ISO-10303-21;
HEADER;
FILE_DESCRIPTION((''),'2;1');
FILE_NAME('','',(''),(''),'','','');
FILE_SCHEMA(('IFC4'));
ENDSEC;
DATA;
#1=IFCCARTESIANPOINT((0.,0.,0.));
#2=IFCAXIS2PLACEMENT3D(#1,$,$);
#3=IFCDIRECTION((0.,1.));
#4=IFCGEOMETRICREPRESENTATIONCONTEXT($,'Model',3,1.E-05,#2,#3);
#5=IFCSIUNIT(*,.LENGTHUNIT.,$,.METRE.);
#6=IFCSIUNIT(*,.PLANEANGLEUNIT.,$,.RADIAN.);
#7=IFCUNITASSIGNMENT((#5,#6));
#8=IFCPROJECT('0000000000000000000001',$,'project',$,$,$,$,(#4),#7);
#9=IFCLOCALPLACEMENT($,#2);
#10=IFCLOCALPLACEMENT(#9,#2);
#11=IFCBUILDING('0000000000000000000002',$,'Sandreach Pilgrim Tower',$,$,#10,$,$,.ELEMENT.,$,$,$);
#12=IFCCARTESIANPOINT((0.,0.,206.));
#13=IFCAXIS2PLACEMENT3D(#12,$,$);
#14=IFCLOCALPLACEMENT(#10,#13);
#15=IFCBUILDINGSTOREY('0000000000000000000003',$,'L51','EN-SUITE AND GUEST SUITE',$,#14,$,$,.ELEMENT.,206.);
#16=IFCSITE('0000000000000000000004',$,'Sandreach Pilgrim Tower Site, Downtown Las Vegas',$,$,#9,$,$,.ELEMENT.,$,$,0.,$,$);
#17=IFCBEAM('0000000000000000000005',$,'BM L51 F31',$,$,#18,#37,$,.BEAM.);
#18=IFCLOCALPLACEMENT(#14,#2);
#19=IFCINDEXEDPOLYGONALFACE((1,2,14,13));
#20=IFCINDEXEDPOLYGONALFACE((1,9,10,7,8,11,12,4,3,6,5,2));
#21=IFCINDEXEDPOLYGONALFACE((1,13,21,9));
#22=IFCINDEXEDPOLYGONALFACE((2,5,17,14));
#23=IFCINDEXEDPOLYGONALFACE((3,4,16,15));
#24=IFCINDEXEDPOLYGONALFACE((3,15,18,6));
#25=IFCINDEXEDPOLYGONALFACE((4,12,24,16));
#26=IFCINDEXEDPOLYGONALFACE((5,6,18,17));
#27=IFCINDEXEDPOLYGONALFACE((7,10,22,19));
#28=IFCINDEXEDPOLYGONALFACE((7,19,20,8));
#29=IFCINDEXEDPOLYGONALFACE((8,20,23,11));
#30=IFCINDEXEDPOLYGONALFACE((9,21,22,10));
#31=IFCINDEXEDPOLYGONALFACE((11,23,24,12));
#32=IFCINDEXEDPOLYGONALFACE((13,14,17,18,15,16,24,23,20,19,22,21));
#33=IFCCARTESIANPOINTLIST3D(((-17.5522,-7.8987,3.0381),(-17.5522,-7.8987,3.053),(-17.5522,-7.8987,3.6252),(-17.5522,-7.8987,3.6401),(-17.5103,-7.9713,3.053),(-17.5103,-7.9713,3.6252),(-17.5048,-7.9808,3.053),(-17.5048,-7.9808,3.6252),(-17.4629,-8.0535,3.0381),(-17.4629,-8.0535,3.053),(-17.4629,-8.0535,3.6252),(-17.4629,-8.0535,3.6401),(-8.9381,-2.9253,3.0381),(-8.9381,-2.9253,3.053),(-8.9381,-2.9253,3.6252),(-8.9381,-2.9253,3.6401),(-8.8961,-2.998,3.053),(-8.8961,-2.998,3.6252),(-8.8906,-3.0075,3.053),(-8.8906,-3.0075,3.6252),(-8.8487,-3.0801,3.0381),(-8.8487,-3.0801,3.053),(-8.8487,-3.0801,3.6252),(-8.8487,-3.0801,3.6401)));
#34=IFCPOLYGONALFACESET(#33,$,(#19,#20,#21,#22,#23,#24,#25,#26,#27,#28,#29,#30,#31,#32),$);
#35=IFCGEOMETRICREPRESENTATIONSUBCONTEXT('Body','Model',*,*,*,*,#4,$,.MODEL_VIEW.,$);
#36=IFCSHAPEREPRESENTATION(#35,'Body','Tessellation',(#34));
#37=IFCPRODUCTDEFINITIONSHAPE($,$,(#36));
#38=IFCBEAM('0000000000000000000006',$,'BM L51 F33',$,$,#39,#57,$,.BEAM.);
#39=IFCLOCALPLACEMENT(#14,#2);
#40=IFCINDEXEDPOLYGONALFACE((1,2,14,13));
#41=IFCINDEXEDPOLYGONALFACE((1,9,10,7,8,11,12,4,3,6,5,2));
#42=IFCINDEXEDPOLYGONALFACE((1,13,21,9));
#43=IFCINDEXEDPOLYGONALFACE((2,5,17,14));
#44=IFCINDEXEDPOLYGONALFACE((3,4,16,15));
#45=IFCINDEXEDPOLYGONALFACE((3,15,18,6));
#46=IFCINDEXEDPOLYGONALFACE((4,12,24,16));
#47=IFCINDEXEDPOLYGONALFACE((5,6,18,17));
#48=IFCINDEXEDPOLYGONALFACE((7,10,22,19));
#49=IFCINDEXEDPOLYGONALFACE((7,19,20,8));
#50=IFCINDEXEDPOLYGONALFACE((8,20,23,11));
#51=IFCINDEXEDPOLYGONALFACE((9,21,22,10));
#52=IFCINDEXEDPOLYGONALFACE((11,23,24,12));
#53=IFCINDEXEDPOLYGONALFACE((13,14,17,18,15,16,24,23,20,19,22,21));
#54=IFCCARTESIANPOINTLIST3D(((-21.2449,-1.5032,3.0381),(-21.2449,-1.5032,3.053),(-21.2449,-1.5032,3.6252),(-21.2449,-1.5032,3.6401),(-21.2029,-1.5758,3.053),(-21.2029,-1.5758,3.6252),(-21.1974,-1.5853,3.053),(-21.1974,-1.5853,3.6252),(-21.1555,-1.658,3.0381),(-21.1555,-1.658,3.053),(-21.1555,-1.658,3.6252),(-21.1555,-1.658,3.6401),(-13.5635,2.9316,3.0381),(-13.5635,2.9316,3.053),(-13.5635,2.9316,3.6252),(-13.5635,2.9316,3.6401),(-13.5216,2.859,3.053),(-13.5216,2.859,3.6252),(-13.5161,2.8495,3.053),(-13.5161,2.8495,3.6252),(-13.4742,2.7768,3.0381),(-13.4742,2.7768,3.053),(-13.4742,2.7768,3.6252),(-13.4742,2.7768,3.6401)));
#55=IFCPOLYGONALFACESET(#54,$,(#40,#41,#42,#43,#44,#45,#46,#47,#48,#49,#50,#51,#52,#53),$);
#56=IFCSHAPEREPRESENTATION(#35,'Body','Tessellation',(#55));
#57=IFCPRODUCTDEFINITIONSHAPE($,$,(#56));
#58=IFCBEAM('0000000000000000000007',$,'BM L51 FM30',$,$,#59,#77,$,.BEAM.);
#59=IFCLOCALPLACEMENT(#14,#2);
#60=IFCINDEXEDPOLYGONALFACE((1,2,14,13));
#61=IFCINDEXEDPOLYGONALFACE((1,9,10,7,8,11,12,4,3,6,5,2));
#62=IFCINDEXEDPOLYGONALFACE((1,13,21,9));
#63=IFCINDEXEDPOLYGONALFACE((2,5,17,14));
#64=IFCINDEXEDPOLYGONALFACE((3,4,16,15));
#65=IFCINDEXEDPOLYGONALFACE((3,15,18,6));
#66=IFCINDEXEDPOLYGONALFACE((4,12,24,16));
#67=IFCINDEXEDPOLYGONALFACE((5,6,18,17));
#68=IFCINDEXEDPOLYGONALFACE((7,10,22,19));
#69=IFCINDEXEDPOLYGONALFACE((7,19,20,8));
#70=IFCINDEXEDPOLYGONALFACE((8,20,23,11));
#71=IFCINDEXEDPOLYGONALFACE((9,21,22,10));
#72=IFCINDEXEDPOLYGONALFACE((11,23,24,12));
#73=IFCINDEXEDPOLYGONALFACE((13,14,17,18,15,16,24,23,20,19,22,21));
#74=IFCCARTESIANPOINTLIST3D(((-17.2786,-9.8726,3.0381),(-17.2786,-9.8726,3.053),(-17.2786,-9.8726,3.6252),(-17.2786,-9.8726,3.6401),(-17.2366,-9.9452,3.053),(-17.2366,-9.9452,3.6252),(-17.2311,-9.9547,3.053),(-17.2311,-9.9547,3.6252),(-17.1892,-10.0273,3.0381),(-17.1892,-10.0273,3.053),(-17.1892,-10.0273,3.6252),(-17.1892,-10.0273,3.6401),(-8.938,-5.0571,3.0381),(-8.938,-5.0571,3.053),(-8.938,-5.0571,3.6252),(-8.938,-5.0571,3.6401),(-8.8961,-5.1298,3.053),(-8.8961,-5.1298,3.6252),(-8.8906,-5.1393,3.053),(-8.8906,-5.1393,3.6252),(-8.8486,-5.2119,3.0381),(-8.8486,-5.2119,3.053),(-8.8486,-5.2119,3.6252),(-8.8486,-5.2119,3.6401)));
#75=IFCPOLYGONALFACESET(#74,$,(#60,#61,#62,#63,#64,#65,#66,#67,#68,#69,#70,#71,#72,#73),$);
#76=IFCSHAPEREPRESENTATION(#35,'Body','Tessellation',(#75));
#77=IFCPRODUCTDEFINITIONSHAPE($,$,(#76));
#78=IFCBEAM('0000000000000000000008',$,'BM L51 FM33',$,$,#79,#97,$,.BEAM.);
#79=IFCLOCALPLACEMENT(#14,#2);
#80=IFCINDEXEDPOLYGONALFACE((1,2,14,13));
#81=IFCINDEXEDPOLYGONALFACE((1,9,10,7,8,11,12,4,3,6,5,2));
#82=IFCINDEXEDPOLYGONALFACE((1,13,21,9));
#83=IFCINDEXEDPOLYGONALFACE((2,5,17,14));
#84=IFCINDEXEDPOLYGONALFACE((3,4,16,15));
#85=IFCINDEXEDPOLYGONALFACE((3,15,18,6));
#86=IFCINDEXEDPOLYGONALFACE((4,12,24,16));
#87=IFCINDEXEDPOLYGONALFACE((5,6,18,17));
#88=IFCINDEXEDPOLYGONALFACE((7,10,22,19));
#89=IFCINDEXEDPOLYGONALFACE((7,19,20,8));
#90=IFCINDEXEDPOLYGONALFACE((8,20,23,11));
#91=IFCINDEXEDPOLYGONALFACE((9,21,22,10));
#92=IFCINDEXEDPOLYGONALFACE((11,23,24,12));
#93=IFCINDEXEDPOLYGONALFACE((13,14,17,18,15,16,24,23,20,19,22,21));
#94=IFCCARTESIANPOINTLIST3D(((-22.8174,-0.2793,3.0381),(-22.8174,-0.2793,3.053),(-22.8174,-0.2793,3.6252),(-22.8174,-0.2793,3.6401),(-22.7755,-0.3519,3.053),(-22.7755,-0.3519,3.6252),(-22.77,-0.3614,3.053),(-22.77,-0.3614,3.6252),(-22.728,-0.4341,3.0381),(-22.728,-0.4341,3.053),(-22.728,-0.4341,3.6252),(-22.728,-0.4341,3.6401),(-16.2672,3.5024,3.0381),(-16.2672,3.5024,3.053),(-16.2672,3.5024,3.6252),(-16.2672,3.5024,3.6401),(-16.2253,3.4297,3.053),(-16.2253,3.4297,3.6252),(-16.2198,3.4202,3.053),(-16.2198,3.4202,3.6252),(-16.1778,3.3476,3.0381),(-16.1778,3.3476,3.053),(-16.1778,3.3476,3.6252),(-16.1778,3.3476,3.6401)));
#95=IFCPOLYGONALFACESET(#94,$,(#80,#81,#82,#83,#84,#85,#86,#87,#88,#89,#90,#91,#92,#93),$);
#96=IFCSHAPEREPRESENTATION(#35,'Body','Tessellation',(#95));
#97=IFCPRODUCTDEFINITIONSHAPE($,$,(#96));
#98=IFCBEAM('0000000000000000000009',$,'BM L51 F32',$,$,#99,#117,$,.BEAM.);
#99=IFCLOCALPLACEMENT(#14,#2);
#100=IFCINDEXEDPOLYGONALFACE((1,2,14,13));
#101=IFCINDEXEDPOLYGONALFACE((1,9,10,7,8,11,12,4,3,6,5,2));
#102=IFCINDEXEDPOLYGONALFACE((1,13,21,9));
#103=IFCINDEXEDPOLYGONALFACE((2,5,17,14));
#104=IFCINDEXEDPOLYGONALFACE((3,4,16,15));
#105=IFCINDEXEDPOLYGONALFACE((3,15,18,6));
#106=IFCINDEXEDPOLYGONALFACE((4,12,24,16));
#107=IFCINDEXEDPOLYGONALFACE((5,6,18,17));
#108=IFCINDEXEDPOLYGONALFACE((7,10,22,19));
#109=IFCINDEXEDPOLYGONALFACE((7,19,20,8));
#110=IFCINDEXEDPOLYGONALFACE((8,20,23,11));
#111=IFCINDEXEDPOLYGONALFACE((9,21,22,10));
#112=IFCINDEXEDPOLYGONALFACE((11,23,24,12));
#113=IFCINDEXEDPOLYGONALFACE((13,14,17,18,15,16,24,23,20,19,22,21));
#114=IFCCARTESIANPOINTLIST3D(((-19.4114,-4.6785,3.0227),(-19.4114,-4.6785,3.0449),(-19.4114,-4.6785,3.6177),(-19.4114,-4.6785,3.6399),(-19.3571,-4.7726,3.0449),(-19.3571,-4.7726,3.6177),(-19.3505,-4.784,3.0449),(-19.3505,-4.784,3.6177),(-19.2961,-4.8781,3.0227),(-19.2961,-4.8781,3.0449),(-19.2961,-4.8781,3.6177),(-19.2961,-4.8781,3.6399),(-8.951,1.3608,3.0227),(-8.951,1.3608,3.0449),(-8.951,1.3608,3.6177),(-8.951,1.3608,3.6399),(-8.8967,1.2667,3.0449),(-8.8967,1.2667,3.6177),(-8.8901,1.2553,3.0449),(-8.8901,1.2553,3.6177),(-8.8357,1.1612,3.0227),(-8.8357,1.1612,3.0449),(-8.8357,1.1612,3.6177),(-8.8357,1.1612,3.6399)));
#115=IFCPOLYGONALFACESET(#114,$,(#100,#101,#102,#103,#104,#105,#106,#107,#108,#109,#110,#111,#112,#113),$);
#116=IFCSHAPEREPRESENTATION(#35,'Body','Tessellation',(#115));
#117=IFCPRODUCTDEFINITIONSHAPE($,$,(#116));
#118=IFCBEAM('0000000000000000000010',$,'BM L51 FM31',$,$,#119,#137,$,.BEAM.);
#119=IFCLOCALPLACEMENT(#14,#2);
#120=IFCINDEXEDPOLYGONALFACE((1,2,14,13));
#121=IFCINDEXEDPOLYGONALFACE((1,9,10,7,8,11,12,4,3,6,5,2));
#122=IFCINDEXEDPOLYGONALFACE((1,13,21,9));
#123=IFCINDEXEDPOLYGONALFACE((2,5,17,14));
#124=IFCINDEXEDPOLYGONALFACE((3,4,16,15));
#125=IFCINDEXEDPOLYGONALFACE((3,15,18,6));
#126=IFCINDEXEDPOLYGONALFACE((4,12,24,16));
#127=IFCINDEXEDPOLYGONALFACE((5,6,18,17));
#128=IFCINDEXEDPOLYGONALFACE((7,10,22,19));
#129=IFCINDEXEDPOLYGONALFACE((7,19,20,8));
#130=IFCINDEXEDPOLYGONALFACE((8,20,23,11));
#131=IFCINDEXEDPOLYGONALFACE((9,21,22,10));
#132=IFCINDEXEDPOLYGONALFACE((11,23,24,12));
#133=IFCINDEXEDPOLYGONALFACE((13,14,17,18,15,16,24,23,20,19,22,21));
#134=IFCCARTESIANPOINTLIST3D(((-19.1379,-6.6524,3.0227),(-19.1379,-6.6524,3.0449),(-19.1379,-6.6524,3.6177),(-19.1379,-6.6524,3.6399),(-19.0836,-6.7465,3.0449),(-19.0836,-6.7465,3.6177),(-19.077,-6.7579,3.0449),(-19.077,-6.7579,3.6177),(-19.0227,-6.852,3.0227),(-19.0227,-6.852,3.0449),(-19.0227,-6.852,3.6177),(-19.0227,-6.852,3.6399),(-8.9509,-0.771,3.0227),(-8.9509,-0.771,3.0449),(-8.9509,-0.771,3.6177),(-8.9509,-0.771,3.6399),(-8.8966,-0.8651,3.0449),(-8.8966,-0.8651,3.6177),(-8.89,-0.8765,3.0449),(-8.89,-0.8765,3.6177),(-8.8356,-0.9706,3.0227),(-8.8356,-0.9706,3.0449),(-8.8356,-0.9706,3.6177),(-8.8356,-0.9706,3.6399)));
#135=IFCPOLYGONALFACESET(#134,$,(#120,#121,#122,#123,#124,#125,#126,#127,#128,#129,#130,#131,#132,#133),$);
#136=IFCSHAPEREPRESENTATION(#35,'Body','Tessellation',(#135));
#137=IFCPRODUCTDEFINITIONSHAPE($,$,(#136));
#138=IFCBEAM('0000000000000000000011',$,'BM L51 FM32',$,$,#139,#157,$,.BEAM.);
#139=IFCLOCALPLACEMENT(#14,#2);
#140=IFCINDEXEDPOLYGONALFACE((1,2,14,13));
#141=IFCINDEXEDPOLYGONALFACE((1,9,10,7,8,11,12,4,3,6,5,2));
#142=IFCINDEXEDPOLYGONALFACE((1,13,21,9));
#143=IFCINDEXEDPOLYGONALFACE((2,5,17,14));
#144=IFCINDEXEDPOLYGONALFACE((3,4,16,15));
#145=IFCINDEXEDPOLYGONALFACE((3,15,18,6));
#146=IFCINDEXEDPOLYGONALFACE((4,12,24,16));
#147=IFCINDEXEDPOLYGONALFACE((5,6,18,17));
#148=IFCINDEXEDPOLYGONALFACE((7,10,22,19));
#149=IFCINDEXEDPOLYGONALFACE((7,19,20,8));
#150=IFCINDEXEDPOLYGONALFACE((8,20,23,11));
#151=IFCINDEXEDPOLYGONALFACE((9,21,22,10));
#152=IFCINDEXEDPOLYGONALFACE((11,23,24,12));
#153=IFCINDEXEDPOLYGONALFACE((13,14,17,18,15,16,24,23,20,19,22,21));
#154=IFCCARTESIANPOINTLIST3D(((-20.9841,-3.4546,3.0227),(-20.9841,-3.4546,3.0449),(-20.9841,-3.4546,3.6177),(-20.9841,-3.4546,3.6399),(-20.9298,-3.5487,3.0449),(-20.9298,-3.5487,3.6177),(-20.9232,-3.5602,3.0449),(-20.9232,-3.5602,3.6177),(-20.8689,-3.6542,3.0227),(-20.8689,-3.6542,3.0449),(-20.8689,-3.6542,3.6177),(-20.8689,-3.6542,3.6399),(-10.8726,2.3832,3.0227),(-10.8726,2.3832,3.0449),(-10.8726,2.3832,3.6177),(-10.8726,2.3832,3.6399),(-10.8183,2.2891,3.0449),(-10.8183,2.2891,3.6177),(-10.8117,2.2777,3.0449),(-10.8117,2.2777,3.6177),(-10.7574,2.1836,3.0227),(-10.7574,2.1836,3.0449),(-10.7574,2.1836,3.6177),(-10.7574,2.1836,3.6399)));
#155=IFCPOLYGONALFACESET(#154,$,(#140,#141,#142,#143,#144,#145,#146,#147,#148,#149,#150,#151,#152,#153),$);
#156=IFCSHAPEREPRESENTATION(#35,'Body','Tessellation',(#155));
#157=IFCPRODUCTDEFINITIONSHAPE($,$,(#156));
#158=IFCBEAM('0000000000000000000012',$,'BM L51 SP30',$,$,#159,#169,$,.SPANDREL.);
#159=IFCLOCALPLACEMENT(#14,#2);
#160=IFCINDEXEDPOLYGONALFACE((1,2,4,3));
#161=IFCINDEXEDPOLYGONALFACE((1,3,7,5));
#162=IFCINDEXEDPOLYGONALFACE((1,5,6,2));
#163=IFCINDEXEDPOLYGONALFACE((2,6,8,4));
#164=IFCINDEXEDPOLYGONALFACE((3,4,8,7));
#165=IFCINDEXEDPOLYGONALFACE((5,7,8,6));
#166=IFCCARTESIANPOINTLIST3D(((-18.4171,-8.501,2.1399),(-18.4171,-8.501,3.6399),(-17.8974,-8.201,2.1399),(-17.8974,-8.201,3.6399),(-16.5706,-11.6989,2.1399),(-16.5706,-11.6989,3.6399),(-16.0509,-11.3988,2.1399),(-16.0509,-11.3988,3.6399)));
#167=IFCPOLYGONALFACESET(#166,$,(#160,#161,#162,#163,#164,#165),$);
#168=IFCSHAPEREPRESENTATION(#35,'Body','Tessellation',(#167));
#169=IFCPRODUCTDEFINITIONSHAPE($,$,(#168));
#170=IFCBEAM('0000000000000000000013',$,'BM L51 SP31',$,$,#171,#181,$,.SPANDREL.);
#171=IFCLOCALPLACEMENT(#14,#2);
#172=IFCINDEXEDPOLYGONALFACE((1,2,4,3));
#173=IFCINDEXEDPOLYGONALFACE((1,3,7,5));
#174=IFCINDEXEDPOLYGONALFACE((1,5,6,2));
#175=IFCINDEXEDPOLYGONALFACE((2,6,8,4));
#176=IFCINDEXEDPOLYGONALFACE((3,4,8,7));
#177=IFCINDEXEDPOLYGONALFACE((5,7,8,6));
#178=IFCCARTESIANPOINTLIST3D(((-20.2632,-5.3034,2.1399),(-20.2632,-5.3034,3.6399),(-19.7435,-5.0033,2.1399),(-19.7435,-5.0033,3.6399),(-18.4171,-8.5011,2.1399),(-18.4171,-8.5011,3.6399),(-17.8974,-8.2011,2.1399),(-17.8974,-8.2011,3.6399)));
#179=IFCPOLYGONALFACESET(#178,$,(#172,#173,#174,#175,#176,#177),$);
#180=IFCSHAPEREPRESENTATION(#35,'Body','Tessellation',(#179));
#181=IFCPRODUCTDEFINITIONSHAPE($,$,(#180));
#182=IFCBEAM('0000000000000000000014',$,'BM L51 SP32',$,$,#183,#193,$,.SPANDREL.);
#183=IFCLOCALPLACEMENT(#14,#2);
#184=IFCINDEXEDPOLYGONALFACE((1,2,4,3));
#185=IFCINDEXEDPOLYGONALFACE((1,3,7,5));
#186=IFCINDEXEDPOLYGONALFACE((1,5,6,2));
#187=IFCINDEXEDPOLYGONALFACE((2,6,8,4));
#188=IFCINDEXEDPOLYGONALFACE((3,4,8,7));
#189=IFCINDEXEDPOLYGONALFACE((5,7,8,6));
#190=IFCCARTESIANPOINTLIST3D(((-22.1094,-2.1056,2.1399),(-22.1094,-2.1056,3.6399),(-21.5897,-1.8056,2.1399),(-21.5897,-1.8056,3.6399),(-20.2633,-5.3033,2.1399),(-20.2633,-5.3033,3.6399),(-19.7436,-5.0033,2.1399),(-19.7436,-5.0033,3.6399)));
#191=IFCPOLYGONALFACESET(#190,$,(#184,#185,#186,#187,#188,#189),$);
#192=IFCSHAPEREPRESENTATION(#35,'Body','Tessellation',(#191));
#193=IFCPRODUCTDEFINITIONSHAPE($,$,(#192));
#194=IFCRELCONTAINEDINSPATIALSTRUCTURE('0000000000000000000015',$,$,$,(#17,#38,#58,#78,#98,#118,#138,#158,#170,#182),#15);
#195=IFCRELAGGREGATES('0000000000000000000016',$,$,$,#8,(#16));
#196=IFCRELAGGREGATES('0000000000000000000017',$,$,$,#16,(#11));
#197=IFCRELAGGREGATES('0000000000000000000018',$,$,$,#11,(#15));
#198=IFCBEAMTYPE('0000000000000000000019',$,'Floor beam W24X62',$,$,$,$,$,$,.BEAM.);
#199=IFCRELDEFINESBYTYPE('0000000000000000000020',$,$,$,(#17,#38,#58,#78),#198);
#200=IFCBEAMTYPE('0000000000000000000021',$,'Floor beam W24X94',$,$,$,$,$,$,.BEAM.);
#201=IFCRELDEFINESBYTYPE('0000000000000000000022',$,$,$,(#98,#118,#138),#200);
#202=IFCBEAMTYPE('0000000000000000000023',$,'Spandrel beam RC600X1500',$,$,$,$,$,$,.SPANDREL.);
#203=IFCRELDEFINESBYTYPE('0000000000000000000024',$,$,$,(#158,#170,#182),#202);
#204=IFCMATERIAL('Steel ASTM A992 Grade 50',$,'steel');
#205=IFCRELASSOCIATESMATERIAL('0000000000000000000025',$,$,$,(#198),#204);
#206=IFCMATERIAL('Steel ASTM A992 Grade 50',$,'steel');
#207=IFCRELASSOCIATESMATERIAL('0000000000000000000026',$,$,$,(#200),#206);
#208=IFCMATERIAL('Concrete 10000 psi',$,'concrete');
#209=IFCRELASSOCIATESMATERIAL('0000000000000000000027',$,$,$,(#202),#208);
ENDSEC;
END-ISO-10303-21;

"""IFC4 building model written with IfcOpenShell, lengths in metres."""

from ifc_helpers import new_model, si_unit, direction, frame, origin, origin_2d, place, context, subcontext, project, spatial, rectangle, i_section, extrude, material, material_profile, profile_set, type_object, element, save


model = new_model("IFC4")

# Units and contexts
model_context = context("Model", 3, precision=1e-05, world=origin(), true_north=direction((0.0, 1.0)))
body_context = subcontext(model_context, "Body", "Model", "MODEL_VIEW")
ifc_project = project(units=[si_unit("LENGTHUNIT", "METRE"), si_unit("PLANEANGLEUNIT", "RADIAN")], contexts=[model_context])

# Site, building, storey
site_placement = place(None, origin())
site = spatial("IfcSite", under=ifc_project, at=site_placement, Name="Sandreach Pilgrim Tower Site, Downtown Las Vegas", CompositionType="ELEMENT", RefElevation=0.0)
building_placement = place(site_placement, origin())
building = spatial("IfcBuilding", under=site, at=building_placement, Name="Sandreach Pilgrim Tower", CompositionType="ELEMENT")
storey_placement = place(building_placement, frame((0.0, 0.0, 206.0)))
storey = spatial("IfcBuildingStorey", under=building, at=storey_placement, Name="L51", Description="EN-SUITE AND GUEST SUITE", CompositionType="ELEMENT", Elevation=206.0)

# Beams
ifc_material_1 = material(Name="Steel ASTM A992 Grade 50", Category="steel")
ifc_material_profile_1 = material_profile(ifc_material_1, i_section(OverallWidth=0.1787, OverallDepth=0.6021, WebThickness=0.011, FlangeThickness=0.0149, at=origin_2d()), Name="W24X62")
ifc_profile_set_1 = profile_set([ifc_material_profile_1], Name="Steel ASTM A992 Grade 50")
beam_type_1 = type_object("IfcBeamType", Name="Floor beam W24X62", PredefinedType="BEAM", material=ifc_profile_set_1)
beam_1_placement = place(storey_placement, frame((-17.5076, -7.9761, 3.3391), z_axis=(0.866028, 0.499996, 0.0), x_axis=(-0.499996, 0.866028, 0.0)))
element("IfcBeam", 1, at=beam_1_placement, inside=storey, type_object=beam_type_1, Name="BM L51 F31", PredefinedType="BEAM", context=body_context, shape_type="SweptSolid", body=[
    extrude(i_section(OverallWidth=0.1787, OverallDepth=0.6021, WebThickness=0.011, FlangeThickness=0.0149, at=origin_2d()), origin(), (0.0, 0.0, 1.0), 9.9468),
])
beam_2_placement = place(storey_placement, frame((-21.2002, -1.5806, 3.3391), z_axis=(0.866027, 0.499996, 0.0), x_axis=(-0.499996, 0.866027, 0.0)))
element("IfcBeam", 2, at=beam_2_placement, inside=storey, type_object=beam_type_1, Name="BM L51 F33", PredefinedType="BEAM", context=body_context, shape_type="SweptSolid", body=[
    extrude(i_section(OverallWidth=0.1787, OverallDepth=0.6021, WebThickness=0.011, FlangeThickness=0.0149, at=origin_2d()), origin(), (0.0, 0.0, 1.0), 8.8696),
])
beam_3_placement = place(storey_placement, frame((-17.2339, -9.95, 3.3391), z_axis=(0.866026, 0.5, 0.0), x_axis=(-0.5, 0.866026, 0.0)))
element("IfcBeam", 3, at=beam_3_placement, inside=storey, type_object=beam_type_1, Name="BM L51 FM30", PredefinedType="BEAM", context=body_context, shape_type="SweptSolid", body=[
    extrude(i_section(OverallWidth=0.1787, OverallDepth=0.6021, WebThickness=0.011, FlangeThickness=0.0149, at=origin_2d()), origin(), (0.0, 0.0, 1.0), 9.6309),
])
beam_4_placement = place(storey_placement, frame((-22.7727, -0.3567, 3.3391), z_axis=(0.86603, 0.499993, 0.0), x_axis=(-0.499993, 0.86603, 0.0)))
element("IfcBeam", 4, at=beam_4_placement, inside=storey, type_object=beam_type_1, Name="BM L51 FM33", PredefinedType="BEAM", context=body_context, shape_type="SweptSolid", body=[
    extrude(i_section(OverallWidth=0.1787, OverallDepth=0.6021, WebThickness=0.011, FlangeThickness=0.0149, at=origin_2d()), origin(), (0.0, 0.0, 1.0), 7.5635),
])
ifc_material_2 = material(Name="Steel ASTM A992 Grade 50", Category="steel")
ifc_material_profile_2 = material_profile(ifc_material_2, i_section(OverallWidth=0.2305, OverallDepth=0.6172, WebThickness=0.0132, FlangeThickness=0.0222, at=origin_2d()), Name="W24X94")
ifc_profile_set_2 = profile_set([ifc_material_profile_2], Name="Steel ASTM A992 Grade 50")
beam_type_2 = type_object("IfcBeamType", Name="Floor beam W24X94", PredefinedType="BEAM", material=ifc_profile_set_2)
beam_5_placement = place(storey_placement, frame((-19.3538, -4.7783, 3.3313), z_axis=(0.866027, 0.499998, 0.0), x_axis=(-0.499998, 0.866027, 0.0)))
element("IfcBeam", 5, at=beam_5_placement, inside=storey, type_object=beam_type_2, Name="BM L51 F32", PredefinedType="BEAM", context=body_context, shape_type="SweptSolid", body=[
    extrude(i_section(OverallWidth=0.2305, OverallDepth=0.6172, WebThickness=0.0132, FlangeThickness=0.0222, at=origin_2d()), origin(), (0.0, 0.0, 1.0), 12.0786),
])
beam_6_placement = place(storey_placement, frame((-19.0803, -6.7522, 3.3313), z_axis=(0.86603, 0.499992, 0.0), x_axis=(-0.499992, 0.86603, 0.0)))
element("IfcBeam", 6, at=beam_6_placement, inside=storey, type_object=beam_type_2, Name="BM L51 FM31", PredefinedType="BEAM", context=body_context, shape_type="SweptSolid", body=[
    extrude(i_section(OverallWidth=0.2305, OverallDepth=0.6172, WebThickness=0.0132, FlangeThickness=0.0222, at=origin_2d()), origin(), (0.0, 0.0, 1.0), 11.7629),
])
beam_7_placement = place(storey_placement, frame((-20.9265, -3.5544, 3.3313), z_axis=(0.866026, 0.499998, 0.0), x_axis=(-0.499998, 0.866026, 0.0)))
element("IfcBeam", 7, at=beam_7_placement, inside=storey, type_object=beam_type_2, Name="BM L51 FM32", PredefinedType="BEAM", context=body_context, shape_type="SweptSolid", body=[
    extrude(i_section(OverallWidth=0.2305, OverallDepth=0.6172, WebThickness=0.0132, FlangeThickness=0.0222, at=origin_2d()), origin(), (0.0, 0.0, 1.0), 11.6758),
])
ifc_material_3 = material(Name="Concrete 10000 psi", Category="concrete")
ifc_material_profile_3 = material_profile(ifc_material_3, rectangle(XDim=0.6001, YDim=1.5, at=origin_2d()), Name="RC600X1500")
ifc_profile_set_3 = profile_set([ifc_material_profile_3], Name="Concrete 10000 psi")
beam_type_3 = type_object("IfcBeamType", Name="Spandrel beam RC600X1500", PredefinedType="SPANDREL", material=ifc_profile_set_3)
beam_8_placement = place(storey_placement, frame((-16.3108, -11.5488, 2.8899), z_axis=(-0.500043, 0.866001, 0.0), x_axis=(-0.866001, -0.500043, 0.0)))
element("IfcBeam", 8, at=beam_8_placement, inside=storey, type_object=beam_type_3, Name="BM L51 SP30", PredefinedType="SPANDREL", context=body_context, shape_type="SweptSolid", body=[
    extrude(rectangle(XDim=0.6001, YDim=1.5, at=origin_2d()), origin(), (0.0, 0.0, 1.0), 3.6926),
])
for number, where, z_axis, x_axis, name in (
    (9, (-18.1572, -8.3511, 2.8899), (-0.499993, 0.866029, 0.0), (-0.866029, -0.499993, 0.0), "BM L51 SP31"),
    (10, (-20.0034, -5.1533, 2.8899), (-0.499993, 0.866029, 0.0), (-0.866029, -0.499993, 0.0), "BM L51 SP32"),
):
    element("IfcBeam", number, at=place(storey_placement, frame(where, z_axis=z_axis, x_axis=x_axis)), inside=storey, type_object=beam_type_3, Name=name, PredefinedType="SPANDREL", context=body_context, shape_type="SweptSolid", body=[
        extrude(rectangle(XDim=0.6001, YDim=1.5, at=origin_2d()), origin(), (0.0, 0.0, 1.0), 3.6924),
    ])

save(model, "model.ifc")
